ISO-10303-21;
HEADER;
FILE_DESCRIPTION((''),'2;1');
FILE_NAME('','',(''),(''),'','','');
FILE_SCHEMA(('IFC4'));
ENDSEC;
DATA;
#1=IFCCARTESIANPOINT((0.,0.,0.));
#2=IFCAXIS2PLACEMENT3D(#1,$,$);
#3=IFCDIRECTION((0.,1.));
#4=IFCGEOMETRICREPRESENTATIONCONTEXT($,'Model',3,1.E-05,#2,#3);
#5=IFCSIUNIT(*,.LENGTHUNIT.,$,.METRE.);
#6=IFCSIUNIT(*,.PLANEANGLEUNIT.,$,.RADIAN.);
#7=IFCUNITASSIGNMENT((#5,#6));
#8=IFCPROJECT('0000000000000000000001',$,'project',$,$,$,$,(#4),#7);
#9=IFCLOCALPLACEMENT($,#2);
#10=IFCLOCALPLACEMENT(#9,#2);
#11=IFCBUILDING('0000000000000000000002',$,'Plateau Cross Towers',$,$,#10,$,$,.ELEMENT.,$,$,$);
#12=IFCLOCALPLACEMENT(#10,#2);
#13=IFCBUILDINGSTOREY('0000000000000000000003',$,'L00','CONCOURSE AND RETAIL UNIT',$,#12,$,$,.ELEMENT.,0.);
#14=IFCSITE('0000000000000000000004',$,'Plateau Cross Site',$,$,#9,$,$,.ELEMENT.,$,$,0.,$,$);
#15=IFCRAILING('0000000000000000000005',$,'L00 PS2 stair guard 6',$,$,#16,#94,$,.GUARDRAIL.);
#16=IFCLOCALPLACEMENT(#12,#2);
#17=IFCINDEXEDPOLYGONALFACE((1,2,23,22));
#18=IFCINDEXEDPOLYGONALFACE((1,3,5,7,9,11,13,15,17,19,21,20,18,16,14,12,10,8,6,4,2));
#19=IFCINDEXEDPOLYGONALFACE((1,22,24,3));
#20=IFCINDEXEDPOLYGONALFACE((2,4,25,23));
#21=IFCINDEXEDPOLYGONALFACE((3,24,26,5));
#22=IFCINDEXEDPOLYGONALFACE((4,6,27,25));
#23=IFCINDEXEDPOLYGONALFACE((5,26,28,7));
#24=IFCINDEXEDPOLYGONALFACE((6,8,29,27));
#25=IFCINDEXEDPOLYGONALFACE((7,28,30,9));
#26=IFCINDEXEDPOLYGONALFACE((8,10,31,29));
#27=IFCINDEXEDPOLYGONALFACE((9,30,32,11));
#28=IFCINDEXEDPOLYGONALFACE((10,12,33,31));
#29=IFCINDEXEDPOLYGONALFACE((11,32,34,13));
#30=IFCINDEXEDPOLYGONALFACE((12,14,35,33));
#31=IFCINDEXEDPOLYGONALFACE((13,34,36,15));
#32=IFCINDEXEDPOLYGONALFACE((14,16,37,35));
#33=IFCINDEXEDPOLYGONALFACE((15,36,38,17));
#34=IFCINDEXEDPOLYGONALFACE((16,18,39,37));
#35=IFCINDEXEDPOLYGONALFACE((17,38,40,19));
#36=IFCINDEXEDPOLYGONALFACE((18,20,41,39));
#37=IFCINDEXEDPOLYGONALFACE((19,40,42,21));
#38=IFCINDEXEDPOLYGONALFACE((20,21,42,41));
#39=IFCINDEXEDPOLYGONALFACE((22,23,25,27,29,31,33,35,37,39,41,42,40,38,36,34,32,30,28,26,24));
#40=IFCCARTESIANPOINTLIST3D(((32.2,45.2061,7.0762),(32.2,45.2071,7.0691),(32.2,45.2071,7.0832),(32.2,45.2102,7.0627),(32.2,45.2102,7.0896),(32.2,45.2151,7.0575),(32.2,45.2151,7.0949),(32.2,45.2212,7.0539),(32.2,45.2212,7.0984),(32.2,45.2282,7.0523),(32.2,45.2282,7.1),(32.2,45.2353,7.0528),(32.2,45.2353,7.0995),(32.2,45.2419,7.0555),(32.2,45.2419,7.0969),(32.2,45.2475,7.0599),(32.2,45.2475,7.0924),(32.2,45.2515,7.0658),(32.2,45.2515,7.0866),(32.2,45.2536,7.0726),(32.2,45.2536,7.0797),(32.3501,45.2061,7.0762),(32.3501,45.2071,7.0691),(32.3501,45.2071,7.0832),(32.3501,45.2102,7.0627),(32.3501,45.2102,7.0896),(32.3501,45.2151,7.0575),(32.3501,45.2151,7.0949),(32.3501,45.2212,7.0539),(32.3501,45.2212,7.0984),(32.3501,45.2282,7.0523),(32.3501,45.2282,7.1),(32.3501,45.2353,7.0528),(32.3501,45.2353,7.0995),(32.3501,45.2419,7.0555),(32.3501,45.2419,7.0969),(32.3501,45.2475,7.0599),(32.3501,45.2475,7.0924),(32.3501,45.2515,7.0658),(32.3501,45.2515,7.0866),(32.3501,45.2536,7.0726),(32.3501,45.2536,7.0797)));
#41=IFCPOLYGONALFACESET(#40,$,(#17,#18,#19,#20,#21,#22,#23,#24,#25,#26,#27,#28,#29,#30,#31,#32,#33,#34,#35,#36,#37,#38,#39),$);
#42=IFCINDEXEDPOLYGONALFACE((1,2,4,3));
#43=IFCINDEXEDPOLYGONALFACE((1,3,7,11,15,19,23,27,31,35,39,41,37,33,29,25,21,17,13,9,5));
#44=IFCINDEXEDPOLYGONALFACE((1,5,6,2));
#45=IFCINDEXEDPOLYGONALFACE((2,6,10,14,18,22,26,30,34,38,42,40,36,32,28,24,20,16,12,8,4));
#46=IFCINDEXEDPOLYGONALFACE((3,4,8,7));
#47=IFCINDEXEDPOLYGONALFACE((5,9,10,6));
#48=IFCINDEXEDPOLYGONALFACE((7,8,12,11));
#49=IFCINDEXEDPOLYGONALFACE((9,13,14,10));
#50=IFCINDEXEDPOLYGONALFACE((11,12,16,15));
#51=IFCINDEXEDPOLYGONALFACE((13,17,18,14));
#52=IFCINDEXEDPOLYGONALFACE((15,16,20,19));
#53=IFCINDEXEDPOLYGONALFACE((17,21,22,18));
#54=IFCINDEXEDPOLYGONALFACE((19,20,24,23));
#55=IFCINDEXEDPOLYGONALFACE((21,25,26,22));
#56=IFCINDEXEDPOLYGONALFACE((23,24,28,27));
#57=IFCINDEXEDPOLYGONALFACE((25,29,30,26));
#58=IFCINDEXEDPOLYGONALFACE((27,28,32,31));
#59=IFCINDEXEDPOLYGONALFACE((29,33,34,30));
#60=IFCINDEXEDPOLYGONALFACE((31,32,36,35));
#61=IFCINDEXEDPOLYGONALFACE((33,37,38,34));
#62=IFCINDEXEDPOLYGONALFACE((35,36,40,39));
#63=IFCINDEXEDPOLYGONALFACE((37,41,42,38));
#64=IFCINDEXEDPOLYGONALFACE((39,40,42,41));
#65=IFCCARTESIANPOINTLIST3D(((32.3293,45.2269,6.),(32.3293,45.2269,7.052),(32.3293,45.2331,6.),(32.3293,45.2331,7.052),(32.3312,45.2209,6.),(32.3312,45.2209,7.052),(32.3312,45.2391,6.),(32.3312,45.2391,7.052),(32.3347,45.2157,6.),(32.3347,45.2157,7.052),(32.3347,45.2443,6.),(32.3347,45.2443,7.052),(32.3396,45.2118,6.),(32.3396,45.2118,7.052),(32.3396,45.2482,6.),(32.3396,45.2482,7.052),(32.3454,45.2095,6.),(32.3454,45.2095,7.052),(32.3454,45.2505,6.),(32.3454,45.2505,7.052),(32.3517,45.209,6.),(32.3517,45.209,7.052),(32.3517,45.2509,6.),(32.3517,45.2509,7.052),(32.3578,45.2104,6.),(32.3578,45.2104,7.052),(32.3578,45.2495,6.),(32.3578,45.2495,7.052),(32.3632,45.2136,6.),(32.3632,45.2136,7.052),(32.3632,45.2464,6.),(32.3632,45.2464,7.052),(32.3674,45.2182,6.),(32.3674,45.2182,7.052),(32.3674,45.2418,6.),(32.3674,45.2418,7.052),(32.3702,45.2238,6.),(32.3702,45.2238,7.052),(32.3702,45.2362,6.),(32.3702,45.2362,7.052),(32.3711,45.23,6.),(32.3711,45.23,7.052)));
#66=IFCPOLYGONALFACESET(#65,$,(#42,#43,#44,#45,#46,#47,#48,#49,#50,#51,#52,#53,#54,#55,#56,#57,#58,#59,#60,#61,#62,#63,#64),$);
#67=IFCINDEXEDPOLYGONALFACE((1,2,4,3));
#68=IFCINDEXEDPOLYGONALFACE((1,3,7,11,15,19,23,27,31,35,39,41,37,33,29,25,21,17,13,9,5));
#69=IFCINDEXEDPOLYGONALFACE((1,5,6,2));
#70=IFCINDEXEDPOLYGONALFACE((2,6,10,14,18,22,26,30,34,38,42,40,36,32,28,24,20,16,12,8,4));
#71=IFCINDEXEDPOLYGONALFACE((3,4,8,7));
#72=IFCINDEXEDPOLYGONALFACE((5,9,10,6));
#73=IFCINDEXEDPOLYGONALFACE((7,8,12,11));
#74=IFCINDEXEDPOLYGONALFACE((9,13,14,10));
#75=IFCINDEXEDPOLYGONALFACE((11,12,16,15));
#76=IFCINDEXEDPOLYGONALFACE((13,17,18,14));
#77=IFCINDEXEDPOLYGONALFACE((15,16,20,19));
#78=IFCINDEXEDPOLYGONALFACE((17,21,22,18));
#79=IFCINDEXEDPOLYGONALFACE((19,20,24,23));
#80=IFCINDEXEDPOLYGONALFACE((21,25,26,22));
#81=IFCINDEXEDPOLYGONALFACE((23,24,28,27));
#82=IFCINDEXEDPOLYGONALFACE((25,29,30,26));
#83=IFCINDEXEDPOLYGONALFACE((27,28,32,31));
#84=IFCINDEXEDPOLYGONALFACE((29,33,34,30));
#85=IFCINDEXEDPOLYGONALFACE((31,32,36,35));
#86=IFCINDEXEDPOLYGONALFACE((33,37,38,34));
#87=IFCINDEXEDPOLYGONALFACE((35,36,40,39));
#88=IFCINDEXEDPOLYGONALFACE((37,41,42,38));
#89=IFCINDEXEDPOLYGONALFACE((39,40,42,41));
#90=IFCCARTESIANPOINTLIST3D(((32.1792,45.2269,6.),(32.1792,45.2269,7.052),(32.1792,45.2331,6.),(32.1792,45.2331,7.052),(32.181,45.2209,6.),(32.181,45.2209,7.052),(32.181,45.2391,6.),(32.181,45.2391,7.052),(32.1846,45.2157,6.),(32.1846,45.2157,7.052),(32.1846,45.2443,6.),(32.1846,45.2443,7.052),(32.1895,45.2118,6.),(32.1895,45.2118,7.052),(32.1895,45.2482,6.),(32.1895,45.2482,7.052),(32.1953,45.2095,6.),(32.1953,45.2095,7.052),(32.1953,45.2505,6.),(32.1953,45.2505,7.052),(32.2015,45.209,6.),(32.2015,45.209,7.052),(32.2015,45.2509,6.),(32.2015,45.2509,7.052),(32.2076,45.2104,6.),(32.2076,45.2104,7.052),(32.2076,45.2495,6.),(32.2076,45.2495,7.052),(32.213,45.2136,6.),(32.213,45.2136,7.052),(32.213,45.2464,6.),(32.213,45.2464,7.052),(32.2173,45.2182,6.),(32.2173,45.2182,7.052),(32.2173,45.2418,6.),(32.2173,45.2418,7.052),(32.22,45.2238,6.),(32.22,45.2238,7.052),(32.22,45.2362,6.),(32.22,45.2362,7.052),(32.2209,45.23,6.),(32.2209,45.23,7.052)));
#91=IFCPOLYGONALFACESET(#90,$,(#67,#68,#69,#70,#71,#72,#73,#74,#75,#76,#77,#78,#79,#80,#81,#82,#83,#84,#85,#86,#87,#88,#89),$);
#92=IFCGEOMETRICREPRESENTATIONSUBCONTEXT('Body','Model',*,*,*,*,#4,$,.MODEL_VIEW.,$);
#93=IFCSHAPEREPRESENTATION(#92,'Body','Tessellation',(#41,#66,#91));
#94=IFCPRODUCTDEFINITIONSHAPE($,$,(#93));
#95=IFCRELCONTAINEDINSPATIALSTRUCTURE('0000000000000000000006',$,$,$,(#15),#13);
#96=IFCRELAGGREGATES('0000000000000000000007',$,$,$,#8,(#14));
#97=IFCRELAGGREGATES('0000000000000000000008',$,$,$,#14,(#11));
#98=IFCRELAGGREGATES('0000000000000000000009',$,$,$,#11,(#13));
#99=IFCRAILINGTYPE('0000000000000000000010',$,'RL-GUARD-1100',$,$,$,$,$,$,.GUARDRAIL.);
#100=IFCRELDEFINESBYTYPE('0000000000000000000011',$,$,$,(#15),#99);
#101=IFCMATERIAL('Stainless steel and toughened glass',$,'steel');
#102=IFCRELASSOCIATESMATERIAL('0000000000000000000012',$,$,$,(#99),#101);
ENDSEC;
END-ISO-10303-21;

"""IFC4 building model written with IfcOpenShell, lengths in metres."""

from ifc_helpers import new_model, si_unit, direction, frame, origin, origin_2d, place, context, subcontext, project, spatial, circle, extrude, material, type_object, element, save


model = new_model("IFC4")

# Units and contexts
model_context = context("Model", 3, precision=1e-05, world=origin(), true_north=direction((0.0, 1.0)))
body_context = subcontext(model_context, "Body", "Model", "MODEL_VIEW")
ifc_project = project(units=[si_unit("LENGTHUNIT", "METRE"), si_unit("PLANEANGLEUNIT", "RADIAN")], contexts=[model_context])

# Site, building, storey
site_placement = place(None, origin())
site = spatial("IfcSite", under=ifc_project, at=site_placement, Name="Plateau Cross Site", CompositionType="ELEMENT", RefElevation=0.0)
building_placement = place(site_placement, origin())
building = spatial("IfcBuilding", under=site, at=building_placement, Name="Plateau Cross Towers", CompositionType="ELEMENT")
storey_placement = place(building_placement, origin())
storey = spatial("IfcBuildingStorey", under=building, at=storey_placement, Name="L00", Description="CONCOURSE AND RETAIL UNIT", CompositionType="ELEMENT", Elevation=0.0)

# Railing
ifc_material_1 = material(Name="Stainless steel and toughened glass", Category="steel")
railing_type_1 = type_object("IfcRailingType", Name="RL-GUARD-1100", PredefinedType="GUARDRAIL", material=ifc_material_1)
railing_1_placement = place(storey_placement, frame((32.3501, 45.23, 6.0)))
element("IfcRailing", 1, at=railing_1_placement, inside=storey, type_object=railing_type_1, Name="L00 PS2 stair guard 6", PredefinedType="GUARDRAIL", context=body_context, shape_type="SweptSolid", body=[
    extrude(circle(Radius=0.0239, at=origin_2d()), frame((0.0, 0.0, 1.0762), z_axis=(-1.0, 0.0, 0.0), x_axis=(0.0, -1.0, 0.0)), (0.0, 0.0, 1.0), 0.1501),
    extrude(circle(Radius=0.021, at=origin_2d()), origin(), (0.0, 0.0, 1.0), 1.052),
    extrude(circle(Radius=0.021, at=origin_2d()), frame((-0.1501, 0.0, 0.0)), (0.0, 0.0, 1.0), 1.052),
])

save(model, "model.ifc")
